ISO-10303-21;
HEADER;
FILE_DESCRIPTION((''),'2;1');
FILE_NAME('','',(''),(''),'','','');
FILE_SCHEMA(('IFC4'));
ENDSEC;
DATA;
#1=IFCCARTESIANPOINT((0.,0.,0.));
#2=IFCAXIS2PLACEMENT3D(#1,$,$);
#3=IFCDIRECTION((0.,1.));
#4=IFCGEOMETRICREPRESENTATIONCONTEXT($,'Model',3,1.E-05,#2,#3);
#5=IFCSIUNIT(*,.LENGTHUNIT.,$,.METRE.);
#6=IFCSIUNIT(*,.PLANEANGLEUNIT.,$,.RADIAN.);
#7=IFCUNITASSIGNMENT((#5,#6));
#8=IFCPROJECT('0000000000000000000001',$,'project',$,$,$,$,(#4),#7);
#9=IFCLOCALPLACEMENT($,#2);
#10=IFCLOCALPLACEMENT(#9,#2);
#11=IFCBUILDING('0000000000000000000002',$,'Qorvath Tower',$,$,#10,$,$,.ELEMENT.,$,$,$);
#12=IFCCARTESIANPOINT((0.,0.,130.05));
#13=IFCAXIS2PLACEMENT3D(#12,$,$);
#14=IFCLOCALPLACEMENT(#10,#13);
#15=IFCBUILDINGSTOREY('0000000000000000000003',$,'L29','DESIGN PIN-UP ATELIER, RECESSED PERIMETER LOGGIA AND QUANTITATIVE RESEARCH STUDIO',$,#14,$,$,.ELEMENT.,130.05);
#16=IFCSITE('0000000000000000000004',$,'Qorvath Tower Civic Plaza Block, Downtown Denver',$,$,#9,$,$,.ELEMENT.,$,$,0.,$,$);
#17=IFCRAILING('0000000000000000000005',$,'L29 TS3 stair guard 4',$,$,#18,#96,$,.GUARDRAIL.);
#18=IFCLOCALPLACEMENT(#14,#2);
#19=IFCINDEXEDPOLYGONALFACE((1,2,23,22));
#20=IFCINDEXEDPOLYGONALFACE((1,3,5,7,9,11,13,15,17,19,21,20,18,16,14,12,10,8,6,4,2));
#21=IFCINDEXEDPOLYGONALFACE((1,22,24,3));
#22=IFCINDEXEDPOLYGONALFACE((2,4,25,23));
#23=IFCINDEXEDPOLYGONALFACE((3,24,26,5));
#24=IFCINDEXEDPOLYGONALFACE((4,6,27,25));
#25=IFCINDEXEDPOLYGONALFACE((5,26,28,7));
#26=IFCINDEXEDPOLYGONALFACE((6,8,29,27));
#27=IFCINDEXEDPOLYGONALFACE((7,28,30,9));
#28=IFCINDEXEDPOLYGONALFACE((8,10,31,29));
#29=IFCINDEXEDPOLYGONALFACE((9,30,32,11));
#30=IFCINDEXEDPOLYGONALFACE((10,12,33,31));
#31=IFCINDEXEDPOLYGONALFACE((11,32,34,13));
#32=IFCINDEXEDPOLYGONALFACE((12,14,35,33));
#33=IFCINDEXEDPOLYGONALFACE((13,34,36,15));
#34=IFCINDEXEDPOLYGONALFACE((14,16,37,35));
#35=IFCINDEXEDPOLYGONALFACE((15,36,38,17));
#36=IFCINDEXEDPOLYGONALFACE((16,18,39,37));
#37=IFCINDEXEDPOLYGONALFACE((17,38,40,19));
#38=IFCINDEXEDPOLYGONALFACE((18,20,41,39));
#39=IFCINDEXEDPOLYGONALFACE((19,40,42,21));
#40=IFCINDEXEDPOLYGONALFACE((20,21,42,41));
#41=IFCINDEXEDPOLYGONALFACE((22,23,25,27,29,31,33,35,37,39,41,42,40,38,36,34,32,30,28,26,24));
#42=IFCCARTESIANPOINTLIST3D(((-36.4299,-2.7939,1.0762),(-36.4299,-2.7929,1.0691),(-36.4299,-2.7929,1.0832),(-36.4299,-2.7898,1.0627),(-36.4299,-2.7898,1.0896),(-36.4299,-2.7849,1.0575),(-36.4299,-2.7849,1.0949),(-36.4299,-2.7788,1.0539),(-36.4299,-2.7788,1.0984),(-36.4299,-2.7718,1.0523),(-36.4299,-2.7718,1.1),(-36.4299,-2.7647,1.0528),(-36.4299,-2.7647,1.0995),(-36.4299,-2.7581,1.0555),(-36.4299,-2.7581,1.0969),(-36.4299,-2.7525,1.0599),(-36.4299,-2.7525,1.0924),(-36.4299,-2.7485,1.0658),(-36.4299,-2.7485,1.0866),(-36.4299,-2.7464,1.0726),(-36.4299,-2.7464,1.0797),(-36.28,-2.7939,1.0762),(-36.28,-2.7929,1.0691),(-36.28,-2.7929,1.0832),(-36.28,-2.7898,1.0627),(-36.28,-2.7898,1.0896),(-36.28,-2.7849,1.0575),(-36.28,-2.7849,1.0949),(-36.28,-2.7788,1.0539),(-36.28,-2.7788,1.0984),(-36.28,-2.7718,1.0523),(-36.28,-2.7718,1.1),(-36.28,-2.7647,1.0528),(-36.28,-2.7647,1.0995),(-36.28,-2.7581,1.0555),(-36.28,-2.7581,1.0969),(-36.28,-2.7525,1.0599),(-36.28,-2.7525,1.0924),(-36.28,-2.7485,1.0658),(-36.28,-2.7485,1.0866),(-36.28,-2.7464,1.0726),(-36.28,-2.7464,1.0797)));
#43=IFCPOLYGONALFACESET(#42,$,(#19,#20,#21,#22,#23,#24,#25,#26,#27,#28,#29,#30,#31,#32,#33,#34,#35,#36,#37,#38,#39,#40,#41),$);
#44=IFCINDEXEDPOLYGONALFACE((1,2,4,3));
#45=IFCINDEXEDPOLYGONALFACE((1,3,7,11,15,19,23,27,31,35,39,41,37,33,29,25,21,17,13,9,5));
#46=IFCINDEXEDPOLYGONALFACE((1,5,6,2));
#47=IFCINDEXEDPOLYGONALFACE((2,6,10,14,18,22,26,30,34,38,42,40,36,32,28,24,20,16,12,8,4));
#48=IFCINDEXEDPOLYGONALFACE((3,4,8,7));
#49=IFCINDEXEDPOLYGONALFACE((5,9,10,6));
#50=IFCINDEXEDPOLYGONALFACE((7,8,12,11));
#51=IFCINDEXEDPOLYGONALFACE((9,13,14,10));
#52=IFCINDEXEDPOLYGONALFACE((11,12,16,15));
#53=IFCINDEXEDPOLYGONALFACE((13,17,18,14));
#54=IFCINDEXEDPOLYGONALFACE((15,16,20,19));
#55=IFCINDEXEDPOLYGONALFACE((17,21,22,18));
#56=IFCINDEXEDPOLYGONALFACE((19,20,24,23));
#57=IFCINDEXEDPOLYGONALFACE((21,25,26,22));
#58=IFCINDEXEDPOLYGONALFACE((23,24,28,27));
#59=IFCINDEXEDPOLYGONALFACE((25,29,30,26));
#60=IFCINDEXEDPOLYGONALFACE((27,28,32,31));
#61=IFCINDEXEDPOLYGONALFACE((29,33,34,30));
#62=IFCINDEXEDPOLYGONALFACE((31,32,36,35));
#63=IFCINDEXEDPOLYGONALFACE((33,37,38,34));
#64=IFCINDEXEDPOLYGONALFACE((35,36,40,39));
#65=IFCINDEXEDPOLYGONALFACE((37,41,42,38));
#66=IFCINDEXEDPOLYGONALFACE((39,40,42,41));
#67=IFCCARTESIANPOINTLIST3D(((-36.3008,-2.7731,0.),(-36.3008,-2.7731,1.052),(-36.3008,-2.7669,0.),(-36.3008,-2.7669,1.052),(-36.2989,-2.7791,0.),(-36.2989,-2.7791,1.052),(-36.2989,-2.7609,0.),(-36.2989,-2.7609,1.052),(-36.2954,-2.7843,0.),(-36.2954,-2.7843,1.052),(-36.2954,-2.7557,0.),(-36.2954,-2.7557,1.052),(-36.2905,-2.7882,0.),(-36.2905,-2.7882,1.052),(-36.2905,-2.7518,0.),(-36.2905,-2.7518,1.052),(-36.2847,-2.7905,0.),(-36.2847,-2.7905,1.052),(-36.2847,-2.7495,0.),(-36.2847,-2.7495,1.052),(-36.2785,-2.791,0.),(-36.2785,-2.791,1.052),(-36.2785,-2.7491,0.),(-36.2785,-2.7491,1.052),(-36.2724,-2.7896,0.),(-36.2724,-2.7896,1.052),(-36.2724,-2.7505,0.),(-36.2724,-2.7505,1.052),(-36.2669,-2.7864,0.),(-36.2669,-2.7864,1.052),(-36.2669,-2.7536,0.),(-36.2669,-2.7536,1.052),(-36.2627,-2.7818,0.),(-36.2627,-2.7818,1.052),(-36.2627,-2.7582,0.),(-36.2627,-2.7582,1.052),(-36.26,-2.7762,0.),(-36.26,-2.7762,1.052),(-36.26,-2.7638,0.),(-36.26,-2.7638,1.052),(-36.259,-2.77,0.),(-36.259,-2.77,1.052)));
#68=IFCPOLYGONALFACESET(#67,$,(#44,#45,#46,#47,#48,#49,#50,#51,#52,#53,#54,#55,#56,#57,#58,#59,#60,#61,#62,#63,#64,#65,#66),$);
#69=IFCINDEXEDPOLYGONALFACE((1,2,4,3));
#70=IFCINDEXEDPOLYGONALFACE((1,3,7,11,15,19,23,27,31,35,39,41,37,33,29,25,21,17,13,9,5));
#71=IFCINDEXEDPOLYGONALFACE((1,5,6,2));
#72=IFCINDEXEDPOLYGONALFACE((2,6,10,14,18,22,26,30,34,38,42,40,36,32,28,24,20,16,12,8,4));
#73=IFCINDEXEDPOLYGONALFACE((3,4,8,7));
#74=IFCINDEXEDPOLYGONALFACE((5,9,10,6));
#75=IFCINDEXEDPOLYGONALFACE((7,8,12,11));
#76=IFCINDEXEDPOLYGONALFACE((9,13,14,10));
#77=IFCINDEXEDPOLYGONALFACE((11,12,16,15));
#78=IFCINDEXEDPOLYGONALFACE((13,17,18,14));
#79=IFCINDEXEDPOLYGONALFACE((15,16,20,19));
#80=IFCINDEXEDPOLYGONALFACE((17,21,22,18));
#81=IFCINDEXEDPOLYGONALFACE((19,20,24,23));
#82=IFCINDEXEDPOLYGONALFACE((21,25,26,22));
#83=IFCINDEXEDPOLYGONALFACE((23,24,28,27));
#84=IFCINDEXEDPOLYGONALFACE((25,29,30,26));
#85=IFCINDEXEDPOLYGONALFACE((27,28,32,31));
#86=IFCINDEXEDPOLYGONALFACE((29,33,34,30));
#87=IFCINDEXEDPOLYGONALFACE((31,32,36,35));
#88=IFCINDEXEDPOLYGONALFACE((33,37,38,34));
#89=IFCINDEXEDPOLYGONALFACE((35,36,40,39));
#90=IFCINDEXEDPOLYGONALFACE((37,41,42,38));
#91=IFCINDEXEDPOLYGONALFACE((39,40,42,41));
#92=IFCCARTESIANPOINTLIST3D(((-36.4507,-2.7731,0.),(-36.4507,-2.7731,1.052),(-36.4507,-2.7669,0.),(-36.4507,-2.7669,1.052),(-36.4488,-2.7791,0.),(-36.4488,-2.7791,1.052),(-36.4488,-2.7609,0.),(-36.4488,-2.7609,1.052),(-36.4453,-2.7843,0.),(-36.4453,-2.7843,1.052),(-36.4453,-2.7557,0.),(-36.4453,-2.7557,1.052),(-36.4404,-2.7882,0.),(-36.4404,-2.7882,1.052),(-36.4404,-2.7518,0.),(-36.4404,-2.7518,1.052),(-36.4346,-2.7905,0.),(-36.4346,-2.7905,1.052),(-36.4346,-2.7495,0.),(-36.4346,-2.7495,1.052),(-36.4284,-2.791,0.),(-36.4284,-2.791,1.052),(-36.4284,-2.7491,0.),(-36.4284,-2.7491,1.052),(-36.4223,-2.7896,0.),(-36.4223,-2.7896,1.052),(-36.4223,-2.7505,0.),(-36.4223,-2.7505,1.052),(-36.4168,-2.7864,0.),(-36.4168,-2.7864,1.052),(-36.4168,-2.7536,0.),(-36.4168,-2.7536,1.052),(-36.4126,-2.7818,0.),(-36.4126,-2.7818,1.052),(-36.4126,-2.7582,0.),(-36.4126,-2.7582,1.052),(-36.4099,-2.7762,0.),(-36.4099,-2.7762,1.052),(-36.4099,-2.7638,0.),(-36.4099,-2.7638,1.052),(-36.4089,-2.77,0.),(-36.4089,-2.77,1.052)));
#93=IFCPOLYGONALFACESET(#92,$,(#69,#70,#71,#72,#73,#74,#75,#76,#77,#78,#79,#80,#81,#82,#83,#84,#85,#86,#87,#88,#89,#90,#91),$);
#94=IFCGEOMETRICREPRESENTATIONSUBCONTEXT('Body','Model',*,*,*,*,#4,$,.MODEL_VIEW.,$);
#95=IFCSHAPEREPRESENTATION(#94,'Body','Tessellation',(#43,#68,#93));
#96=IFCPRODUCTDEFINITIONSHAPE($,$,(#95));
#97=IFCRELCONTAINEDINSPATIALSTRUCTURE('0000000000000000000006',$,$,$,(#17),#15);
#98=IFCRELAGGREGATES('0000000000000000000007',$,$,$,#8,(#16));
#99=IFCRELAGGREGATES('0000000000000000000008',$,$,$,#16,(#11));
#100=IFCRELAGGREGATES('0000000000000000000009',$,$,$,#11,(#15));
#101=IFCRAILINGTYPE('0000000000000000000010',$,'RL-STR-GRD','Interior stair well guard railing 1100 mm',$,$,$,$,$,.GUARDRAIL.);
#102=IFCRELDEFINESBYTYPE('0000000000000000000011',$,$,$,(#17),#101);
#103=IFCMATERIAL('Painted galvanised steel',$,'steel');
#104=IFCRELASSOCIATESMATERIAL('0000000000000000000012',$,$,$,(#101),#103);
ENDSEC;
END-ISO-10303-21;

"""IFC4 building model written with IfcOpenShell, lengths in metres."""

from ifc_helpers import new_model, si_unit, direction, frame, origin, origin_2d, place, context, subcontext, project, spatial, circle, extrude, material, type_object, element, save


model = new_model("IFC4")

# Units and contexts
model_context = context("Model", 3, precision=1e-05, world=origin(), true_north=direction((0.0, 1.0)))
body_context = subcontext(model_context, "Body", "Model", "MODEL_VIEW")
ifc_project = project(units=[si_unit("LENGTHUNIT", "METRE"), si_unit("PLANEANGLEUNIT", "RADIAN")], contexts=[model_context])

# Site, building, storey
site_placement = place(None, origin())
site = spatial("IfcSite", under=ifc_project, at=site_placement, Name="Qorvath Tower Civic Plaza Block, Downtown Denver", CompositionType="ELEMENT", RefElevation=0.0)
building_placement = place(site_placement, origin())
building = spatial("IfcBuilding", under=site, at=building_placement, Name="Qorvath Tower", CompositionType="ELEMENT")
storey_placement = place(building_placement, frame((0.0, 0.0, 130.05)))
storey = spatial("IfcBuildingStorey", under=building, at=storey_placement, Name="L29", Description="DESIGN PIN-UP ATELIER, RECESSED PERIMETER LOGGIA AND QUANTITATIVE RESEARCH STUDIO", CompositionType="ELEMENT", Elevation=130.05)

# Railing
ifc_material_1 = material(Name="Painted galvanised steel", Category="steel")
railing_type_1 = type_object("IfcRailingType", Name="RL-STR-GRD", Description="Interior stair well guard railing 1100 mm", PredefinedType="GUARDRAIL", material=ifc_material_1)
railing_1_placement = place(storey_placement, frame((-36.28, -2.77, 0.0)))
element("IfcRailing", 1, at=railing_1_placement, inside=storey, type_object=railing_type_1, Name="L29 TS3 stair guard 4", PredefinedType="GUARDRAIL", context=body_context, shape_type="SweptSolid", body=[
    extrude(circle(Radius=0.0239, at=origin_2d()), frame((0.0, 0.0, 1.0762), z_axis=(-1.0, 0.0, 0.0), x_axis=(0.0, -1.0, 0.0)), (0.0, 0.0, 1.0), 0.1499),
    extrude(circle(Radius=0.021, at=origin_2d()), origin(), (0.0, 0.0, 1.0), 1.052),
    extrude(circle(Radius=0.021, at=origin_2d()), frame((-0.1499, 0.0, 0.0)), (0.0, 0.0, 1.0), 1.052),
])

save(model, "model.ifc")
